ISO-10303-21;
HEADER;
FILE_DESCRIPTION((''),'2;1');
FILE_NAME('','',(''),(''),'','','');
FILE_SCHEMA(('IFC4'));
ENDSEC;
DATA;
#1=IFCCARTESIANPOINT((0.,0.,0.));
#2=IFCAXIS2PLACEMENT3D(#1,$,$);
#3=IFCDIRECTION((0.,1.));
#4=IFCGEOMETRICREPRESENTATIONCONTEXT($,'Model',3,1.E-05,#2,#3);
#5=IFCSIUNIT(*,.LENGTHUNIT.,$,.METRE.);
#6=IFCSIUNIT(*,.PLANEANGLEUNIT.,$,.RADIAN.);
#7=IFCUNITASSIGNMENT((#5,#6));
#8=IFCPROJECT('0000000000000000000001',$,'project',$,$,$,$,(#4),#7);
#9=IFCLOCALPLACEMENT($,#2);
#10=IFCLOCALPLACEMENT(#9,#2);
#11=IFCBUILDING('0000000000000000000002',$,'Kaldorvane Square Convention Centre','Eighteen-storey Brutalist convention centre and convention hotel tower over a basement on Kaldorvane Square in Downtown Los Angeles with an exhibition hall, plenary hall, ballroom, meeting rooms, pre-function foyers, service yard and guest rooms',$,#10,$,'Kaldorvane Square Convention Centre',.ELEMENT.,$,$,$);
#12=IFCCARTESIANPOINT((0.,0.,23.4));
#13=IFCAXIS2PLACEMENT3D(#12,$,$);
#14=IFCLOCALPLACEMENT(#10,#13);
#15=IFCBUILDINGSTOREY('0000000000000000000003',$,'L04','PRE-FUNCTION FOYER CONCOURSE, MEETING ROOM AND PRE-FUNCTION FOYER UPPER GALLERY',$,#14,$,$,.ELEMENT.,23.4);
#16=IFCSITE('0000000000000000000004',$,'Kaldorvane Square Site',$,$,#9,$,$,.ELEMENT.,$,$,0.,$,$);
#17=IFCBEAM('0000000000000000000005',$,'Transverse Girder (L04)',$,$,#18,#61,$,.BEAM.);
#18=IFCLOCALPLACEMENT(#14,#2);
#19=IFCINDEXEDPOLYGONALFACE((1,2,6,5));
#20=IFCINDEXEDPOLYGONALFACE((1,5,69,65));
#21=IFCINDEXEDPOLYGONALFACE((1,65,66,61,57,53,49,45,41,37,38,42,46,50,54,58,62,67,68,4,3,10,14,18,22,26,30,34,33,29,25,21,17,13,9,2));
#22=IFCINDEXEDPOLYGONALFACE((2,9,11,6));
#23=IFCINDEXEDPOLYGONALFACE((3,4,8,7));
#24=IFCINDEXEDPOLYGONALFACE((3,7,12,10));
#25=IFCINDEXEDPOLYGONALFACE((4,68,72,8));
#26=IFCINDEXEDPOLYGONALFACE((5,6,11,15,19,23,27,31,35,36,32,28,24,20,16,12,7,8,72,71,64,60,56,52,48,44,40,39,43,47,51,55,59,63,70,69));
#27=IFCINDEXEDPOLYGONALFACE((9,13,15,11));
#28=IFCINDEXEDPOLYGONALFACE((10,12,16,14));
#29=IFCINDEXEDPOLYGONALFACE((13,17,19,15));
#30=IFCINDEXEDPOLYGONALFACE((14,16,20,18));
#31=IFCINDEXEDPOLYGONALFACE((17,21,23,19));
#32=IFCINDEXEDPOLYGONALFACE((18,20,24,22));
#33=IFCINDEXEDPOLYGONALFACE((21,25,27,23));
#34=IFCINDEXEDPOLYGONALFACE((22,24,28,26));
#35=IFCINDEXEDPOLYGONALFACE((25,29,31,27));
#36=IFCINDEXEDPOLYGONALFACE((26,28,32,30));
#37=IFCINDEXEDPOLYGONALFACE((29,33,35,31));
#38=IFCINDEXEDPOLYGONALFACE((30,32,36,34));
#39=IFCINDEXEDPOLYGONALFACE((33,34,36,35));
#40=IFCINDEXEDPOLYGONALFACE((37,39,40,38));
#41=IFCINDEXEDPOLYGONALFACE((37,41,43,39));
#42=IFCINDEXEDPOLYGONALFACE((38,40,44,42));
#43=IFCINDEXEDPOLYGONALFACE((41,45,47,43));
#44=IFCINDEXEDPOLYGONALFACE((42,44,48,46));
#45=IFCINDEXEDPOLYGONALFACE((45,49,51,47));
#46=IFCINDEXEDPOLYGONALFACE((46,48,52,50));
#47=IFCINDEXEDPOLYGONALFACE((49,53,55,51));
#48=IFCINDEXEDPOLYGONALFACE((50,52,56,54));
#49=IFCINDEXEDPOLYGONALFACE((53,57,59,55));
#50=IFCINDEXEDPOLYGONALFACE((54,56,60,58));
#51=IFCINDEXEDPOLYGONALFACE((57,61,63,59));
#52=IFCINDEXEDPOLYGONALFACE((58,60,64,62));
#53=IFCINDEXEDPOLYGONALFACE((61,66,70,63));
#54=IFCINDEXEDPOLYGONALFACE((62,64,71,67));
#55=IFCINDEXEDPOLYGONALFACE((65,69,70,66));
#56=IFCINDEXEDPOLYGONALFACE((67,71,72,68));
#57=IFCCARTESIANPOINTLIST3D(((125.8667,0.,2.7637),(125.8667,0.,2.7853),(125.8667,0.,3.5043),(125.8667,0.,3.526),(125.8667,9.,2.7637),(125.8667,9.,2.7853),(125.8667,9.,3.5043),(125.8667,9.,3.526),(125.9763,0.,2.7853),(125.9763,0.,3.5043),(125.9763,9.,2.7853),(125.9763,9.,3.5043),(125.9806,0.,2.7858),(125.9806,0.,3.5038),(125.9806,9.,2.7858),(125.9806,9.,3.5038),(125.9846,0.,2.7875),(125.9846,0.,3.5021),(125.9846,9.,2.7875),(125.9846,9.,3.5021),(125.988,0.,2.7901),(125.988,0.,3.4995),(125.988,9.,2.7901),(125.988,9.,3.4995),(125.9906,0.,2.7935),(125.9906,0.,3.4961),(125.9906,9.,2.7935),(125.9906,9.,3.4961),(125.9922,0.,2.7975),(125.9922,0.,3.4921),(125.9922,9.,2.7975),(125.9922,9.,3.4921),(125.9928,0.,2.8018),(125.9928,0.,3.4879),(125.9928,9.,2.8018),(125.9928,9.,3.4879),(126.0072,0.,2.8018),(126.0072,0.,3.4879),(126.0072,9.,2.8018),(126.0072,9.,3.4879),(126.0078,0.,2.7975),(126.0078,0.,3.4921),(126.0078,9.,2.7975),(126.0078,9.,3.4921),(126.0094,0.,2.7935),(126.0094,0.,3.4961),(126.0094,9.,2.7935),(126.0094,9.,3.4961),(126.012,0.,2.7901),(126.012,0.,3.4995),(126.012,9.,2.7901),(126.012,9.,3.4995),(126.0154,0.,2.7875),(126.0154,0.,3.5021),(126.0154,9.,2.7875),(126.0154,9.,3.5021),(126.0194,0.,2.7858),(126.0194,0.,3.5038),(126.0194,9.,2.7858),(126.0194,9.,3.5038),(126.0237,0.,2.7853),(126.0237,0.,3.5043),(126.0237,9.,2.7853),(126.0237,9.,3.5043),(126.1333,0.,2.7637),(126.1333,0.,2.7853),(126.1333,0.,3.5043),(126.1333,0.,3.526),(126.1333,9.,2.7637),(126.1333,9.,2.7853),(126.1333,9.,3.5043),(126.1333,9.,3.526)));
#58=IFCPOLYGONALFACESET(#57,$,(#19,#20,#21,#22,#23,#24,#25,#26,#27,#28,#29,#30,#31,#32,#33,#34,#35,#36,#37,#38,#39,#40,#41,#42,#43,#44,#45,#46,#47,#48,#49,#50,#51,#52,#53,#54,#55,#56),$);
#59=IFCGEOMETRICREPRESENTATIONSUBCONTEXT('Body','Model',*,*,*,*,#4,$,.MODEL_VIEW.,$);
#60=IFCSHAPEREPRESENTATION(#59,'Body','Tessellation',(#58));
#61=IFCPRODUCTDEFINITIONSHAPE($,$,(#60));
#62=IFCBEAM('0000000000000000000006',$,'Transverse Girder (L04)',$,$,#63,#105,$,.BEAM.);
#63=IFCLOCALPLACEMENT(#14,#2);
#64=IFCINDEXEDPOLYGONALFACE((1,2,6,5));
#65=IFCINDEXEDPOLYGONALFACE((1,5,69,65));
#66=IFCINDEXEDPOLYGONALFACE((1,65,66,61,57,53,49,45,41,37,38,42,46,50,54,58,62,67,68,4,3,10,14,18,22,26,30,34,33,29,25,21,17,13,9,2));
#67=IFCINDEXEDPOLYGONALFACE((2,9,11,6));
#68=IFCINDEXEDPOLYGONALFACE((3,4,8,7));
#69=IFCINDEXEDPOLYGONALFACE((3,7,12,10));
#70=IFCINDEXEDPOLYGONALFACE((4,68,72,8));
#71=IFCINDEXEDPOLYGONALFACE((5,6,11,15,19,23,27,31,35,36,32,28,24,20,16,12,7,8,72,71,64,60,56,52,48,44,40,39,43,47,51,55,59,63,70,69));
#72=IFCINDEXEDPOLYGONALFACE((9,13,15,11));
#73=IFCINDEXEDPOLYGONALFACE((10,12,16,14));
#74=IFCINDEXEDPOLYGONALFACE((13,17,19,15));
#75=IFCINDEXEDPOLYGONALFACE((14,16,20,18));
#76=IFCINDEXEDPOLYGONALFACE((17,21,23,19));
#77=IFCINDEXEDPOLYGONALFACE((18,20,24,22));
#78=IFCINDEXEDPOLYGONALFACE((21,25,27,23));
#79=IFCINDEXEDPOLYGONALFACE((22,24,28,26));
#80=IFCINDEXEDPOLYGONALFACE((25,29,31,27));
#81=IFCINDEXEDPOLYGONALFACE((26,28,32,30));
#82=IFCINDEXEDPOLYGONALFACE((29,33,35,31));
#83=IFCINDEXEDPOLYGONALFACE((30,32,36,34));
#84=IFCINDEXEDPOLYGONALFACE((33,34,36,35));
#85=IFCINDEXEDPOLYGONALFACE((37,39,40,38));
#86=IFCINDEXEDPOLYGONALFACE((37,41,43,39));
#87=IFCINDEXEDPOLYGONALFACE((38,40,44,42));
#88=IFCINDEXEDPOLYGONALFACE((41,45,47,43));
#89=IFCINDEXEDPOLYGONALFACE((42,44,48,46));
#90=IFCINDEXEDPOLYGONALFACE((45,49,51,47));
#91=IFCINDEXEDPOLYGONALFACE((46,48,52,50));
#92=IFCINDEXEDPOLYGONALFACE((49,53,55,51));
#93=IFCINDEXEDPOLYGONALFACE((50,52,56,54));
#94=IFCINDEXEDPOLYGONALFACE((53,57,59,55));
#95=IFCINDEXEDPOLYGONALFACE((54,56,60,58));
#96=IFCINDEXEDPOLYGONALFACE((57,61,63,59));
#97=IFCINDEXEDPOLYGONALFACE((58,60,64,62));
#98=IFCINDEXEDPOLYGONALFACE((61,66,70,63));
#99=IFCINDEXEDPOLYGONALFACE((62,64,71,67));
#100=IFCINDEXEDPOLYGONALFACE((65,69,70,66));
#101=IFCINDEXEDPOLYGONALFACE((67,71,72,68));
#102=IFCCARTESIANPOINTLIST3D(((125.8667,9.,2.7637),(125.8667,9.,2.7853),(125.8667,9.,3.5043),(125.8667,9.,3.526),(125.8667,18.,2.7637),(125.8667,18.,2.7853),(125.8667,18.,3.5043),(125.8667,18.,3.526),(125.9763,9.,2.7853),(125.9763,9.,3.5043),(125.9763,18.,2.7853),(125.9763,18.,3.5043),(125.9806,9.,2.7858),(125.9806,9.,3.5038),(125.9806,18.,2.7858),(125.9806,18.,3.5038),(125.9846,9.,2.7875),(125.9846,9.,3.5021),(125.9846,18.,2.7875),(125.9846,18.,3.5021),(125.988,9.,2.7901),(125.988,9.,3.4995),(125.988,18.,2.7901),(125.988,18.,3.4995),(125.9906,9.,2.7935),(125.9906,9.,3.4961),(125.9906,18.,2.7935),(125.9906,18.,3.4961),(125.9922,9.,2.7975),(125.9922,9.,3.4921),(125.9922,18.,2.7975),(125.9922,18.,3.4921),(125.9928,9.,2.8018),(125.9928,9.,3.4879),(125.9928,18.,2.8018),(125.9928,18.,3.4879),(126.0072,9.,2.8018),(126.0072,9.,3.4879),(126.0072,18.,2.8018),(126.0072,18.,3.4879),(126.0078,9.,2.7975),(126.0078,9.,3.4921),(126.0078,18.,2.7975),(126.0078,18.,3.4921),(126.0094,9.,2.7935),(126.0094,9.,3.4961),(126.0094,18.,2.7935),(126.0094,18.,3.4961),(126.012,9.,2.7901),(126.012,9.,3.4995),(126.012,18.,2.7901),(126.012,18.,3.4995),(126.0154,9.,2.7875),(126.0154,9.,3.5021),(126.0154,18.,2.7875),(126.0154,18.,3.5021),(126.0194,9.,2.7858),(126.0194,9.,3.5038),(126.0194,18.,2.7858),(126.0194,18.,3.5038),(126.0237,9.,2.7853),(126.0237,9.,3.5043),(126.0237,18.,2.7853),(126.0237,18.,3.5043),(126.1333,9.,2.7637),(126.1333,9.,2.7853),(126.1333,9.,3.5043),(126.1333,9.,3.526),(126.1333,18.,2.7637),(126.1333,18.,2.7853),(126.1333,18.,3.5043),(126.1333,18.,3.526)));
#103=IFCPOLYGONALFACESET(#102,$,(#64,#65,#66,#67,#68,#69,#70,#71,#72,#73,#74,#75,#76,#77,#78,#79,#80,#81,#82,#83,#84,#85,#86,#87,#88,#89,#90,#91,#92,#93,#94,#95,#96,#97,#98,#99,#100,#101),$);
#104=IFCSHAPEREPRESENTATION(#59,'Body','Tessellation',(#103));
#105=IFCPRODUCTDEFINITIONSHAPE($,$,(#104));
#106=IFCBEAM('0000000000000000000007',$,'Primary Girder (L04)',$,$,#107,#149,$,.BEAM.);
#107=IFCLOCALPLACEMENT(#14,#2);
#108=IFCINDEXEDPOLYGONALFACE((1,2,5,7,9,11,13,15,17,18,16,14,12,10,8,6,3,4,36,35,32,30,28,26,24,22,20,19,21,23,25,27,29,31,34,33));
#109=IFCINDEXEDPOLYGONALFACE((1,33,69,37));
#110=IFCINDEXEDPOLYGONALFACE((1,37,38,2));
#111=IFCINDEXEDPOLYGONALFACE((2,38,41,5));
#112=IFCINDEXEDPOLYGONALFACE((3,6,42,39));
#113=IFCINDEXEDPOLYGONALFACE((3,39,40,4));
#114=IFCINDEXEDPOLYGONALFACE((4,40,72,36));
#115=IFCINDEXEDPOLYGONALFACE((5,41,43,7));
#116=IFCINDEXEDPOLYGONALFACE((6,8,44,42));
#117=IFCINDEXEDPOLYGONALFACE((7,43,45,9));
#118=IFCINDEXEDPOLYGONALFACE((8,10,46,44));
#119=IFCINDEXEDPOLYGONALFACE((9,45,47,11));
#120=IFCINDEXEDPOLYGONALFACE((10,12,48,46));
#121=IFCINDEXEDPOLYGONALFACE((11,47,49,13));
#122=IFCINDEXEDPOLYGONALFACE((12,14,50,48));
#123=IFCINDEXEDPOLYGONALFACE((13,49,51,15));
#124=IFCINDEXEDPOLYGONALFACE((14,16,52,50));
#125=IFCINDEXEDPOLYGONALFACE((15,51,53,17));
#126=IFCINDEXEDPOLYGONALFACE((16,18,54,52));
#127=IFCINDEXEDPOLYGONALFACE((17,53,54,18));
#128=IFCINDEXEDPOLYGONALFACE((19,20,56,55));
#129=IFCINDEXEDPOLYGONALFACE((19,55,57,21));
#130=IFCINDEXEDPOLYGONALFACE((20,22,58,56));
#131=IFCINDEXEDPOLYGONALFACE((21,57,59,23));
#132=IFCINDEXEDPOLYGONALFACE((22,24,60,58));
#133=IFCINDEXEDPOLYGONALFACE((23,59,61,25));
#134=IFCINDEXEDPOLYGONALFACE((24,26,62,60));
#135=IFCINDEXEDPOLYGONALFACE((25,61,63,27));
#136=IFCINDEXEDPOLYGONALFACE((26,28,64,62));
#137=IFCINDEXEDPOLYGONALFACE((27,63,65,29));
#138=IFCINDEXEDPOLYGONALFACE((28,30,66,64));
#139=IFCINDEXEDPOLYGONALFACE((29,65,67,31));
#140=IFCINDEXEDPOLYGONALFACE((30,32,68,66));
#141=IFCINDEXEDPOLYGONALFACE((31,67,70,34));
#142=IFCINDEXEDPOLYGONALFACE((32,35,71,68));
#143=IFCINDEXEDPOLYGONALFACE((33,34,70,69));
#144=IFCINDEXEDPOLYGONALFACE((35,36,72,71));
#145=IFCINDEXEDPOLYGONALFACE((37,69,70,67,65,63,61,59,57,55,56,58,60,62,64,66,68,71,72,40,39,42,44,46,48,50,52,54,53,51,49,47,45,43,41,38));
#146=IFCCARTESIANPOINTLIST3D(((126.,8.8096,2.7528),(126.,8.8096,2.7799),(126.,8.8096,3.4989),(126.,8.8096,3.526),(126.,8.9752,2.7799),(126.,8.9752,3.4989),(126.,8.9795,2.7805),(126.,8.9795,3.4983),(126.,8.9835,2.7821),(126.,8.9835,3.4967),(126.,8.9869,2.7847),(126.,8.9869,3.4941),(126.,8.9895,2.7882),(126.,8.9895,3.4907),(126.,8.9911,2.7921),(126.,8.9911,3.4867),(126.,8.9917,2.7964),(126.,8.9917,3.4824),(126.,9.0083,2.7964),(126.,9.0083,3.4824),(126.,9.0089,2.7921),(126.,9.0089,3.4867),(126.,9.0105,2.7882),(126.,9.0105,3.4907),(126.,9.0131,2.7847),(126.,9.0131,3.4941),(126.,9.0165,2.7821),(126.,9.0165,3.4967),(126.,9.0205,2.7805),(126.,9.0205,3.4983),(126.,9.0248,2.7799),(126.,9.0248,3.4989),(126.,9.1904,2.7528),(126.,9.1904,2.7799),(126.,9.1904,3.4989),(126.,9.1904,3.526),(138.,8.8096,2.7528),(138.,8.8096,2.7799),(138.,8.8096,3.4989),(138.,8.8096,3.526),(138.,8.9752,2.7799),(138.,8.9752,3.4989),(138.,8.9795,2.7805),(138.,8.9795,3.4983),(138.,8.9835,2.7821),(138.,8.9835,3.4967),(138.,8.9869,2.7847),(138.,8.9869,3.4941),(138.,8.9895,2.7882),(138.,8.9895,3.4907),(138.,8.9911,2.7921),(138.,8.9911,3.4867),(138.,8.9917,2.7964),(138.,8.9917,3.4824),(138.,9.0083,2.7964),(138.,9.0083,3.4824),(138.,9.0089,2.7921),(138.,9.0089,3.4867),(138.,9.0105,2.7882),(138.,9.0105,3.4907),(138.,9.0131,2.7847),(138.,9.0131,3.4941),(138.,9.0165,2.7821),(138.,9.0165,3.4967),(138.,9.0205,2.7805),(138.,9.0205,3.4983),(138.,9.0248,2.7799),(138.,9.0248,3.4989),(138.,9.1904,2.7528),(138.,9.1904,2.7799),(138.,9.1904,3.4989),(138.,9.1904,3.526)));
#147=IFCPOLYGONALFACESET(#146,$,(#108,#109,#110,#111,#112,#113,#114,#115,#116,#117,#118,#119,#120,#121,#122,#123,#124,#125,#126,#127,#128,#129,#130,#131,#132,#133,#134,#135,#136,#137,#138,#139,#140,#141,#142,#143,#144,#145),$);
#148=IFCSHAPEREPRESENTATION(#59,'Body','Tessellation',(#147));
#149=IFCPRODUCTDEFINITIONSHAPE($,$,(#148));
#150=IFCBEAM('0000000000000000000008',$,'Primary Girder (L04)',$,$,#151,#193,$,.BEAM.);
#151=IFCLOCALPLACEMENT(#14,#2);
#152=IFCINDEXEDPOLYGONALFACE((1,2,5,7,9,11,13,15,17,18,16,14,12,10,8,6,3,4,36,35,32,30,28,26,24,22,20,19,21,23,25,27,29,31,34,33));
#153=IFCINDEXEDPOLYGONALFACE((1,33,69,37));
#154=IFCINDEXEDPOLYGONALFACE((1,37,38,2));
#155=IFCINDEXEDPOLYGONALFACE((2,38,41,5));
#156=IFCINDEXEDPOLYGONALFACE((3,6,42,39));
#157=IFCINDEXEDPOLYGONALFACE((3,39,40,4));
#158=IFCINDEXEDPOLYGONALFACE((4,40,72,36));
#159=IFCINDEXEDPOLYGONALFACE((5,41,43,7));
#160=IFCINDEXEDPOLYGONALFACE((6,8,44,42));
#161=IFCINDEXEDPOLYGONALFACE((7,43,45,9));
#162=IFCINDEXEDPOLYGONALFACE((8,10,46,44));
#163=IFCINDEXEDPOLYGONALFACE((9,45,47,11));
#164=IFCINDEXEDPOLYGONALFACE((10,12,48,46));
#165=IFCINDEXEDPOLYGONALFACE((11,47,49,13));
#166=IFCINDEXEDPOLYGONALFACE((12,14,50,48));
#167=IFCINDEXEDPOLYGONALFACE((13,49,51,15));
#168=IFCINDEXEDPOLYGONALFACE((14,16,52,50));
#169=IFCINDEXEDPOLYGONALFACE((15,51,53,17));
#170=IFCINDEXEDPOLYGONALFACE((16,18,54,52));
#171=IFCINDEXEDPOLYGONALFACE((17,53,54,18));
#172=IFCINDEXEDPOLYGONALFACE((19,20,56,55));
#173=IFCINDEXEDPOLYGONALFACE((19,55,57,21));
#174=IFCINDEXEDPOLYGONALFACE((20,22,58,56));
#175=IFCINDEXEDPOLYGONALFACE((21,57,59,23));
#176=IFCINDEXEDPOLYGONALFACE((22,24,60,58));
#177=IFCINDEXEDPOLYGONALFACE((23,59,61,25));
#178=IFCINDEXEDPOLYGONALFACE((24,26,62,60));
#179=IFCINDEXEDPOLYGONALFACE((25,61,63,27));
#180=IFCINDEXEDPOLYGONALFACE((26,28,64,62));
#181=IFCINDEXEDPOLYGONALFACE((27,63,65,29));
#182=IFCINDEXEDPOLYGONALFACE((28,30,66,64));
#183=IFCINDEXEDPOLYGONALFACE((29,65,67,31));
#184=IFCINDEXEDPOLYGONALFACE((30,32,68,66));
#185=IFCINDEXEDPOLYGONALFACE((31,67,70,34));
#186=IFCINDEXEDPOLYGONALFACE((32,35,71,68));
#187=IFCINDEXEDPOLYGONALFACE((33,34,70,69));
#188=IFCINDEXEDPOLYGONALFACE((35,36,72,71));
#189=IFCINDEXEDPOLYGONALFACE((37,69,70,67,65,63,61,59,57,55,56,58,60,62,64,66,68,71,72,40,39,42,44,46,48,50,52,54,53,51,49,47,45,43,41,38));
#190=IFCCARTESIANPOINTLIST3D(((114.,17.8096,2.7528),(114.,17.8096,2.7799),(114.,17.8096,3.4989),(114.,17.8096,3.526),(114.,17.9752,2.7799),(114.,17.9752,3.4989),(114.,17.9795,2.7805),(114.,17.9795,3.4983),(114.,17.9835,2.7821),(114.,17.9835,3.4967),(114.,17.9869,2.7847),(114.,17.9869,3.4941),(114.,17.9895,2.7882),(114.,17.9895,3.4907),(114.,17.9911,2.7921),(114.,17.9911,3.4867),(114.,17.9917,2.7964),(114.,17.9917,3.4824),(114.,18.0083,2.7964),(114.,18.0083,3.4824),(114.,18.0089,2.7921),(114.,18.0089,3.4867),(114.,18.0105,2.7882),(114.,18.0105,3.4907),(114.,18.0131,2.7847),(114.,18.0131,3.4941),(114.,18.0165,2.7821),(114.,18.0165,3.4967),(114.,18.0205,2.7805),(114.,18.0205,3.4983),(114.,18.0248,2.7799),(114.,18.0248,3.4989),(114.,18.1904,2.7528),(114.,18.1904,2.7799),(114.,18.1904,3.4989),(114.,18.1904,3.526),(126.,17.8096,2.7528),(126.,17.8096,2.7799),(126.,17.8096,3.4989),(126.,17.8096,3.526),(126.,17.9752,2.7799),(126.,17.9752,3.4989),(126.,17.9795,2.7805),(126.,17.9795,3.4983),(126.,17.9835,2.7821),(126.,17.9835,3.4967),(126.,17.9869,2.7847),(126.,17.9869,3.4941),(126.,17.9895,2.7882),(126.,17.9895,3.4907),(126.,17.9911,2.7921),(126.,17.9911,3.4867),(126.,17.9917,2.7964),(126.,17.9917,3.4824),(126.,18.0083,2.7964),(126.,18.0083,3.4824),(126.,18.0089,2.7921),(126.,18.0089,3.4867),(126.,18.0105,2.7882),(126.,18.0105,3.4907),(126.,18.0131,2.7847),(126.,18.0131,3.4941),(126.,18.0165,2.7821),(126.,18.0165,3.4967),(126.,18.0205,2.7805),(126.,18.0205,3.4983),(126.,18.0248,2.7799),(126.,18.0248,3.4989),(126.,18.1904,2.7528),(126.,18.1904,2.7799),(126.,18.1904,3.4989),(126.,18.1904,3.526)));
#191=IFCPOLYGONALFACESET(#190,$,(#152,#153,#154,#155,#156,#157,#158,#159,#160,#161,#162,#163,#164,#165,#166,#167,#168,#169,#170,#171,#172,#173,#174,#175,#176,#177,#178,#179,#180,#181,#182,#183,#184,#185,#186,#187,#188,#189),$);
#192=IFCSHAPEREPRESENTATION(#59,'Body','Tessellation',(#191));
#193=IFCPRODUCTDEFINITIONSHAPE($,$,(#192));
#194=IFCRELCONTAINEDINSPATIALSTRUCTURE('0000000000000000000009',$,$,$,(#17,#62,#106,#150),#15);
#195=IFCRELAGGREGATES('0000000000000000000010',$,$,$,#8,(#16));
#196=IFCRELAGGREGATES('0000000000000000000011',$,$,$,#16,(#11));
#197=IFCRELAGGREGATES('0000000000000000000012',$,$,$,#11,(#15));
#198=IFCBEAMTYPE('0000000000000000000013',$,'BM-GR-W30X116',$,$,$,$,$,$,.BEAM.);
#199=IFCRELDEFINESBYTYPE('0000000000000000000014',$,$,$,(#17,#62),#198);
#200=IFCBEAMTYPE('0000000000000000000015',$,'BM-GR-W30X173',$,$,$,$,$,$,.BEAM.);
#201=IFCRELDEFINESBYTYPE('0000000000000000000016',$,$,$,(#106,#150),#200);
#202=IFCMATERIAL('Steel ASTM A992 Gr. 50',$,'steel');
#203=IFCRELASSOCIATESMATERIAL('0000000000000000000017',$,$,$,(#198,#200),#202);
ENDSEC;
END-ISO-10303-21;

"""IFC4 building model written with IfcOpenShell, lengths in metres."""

from ifc_helpers import new_model, si_unit, direction, frame, origin, origin_2d, place, context, subcontext, project, spatial, i_section, extrude, material, material_profile, profile_set, type_object, element, save


model = new_model("IFC4")

# Units and contexts
model_context = context("Model", 3, precision=1e-05, world=origin(), true_north=direction((0.0, 1.0)))
body_context = subcontext(model_context, "Body", "Model", "MODEL_VIEW")
ifc_project = project(units=[si_unit("LENGTHUNIT", "METRE"), si_unit("PLANEANGLEUNIT", "RADIAN")], contexts=[model_context])

# Site, building, storey
site_placement = place(None, origin())
site = spatial("IfcSite", under=ifc_project, at=site_placement, Name="Kaldorvane Square Site", CompositionType="ELEMENT", RefElevation=0.0)
building_placement = place(site_placement, origin())
building = spatial("IfcBuilding", under=site, at=building_placement, Name="Kaldorvane Square Convention Centre", Description="Eighteen-storey Brutalist convention centre and convention hotel tower over a basement on Kaldorvane Square in Downtown Los Angeles with an exhibition hall, plenary hall, ballroom, meeting rooms, pre-function foyers, service yard and guest rooms", LongName="Kaldorvane Square Convention Centre", CompositionType="ELEMENT")
storey_placement = place(building_placement, frame((0.0, 0.0, 23.4)))
storey = spatial("IfcBuildingStorey", under=building, at=storey_placement, Name="L04", Description="PRE-FUNCTION FOYER CONCOURSE, MEETING ROOM AND PRE-FUNCTION FOYER UPPER GALLERY", CompositionType="ELEMENT", Elevation=23.4)

# Shared definitions
ifc_material_1 = material(Name="Steel ASTM A992 Gr. 50", Category="steel")

# Beams
ifc_material_profile_1 = material_profile(ifc_material_1, i_section(OverallWidth=0.2666, OverallDepth=0.7623, WebThickness=0.0144, FlangeThickness=0.0216, FilletRadius=0.0165, at=origin_2d()), Name="W30X116")
ifc_profile_set_1 = profile_set([ifc_material_profile_1], Name="Steel ASTM A992 Gr. 50")
beam_type_1 = type_object("IfcBeamType", Name="BM-GR-W30X116", PredefinedType="BEAM", material=ifc_profile_set_1)
for number, where, z_axis, x_axis, name in (
    (1, (126.0, 0.0, 3.1448), (0.0, 1.0, 0.0), (-1.0, 0.0, 0.0), "Transverse Girder (L04)"),
    (2, (126.0, 9.0, 3.1448), (0.0, 1.0, 0.0), (-1.0, 0.0, 0.0), "Transverse Girder (L04)"),
):
    element("IfcBeam", number, at=place(storey_placement, frame(where, z_axis=z_axis, x_axis=x_axis)), inside=storey, type_object=beam_type_1, Name=name, PredefinedType="BEAM", context=body_context, shape_type="SweptSolid", body=[
        extrude(i_section(OverallWidth=0.2666, OverallDepth=0.7623, WebThickness=0.0144, FlangeThickness=0.0216, FilletRadius=0.0165, at=origin_2d()), origin(), (0.0, 0.0, 1.0), 9.0),
    ])
ifc_material_profile_2 = material_profile(ifc_material_1, i_section(OverallWidth=0.3807, OverallDepth=0.7732, WebThickness=0.0166, FlangeThickness=0.0271, FilletRadius=0.0165, at=origin_2d()), Name="W30X173")
ifc_profile_set_2 = profile_set([ifc_material_profile_2], Name="Steel ASTM A992 Gr. 50")
beam_type_2 = type_object("IfcBeamType", Name="BM-GR-W30X173", PredefinedType="BEAM", material=ifc_profile_set_2)
for number, where, z_axis, x_axis, name in (
    (3, (126.0, 9.0, 3.1394), (1.0, 0.0, 0.0), (0.0, 1.0, 0.0), "Primary Girder (L04)"),
    (4, (114.0, 18.0, 3.1394), (1.0, 0.0, 0.0), (0.0, 1.0, 0.0), "Primary Girder (L04)"),
):
    element("IfcBeam", number, at=place(storey_placement, frame(where, z_axis=z_axis, x_axis=x_axis)), inside=storey, type_object=beam_type_2, Name=name, PredefinedType="BEAM", context=body_context, shape_type="SweptSolid", body=[
        extrude(i_section(OverallWidth=0.3807, OverallDepth=0.7732, WebThickness=0.0166, FlangeThickness=0.0271, FilletRadius=0.0165, at=origin_2d()), origin(), (0.0, 0.0, 1.0), 12.0),
    ])

save(model, "model.ifc")
